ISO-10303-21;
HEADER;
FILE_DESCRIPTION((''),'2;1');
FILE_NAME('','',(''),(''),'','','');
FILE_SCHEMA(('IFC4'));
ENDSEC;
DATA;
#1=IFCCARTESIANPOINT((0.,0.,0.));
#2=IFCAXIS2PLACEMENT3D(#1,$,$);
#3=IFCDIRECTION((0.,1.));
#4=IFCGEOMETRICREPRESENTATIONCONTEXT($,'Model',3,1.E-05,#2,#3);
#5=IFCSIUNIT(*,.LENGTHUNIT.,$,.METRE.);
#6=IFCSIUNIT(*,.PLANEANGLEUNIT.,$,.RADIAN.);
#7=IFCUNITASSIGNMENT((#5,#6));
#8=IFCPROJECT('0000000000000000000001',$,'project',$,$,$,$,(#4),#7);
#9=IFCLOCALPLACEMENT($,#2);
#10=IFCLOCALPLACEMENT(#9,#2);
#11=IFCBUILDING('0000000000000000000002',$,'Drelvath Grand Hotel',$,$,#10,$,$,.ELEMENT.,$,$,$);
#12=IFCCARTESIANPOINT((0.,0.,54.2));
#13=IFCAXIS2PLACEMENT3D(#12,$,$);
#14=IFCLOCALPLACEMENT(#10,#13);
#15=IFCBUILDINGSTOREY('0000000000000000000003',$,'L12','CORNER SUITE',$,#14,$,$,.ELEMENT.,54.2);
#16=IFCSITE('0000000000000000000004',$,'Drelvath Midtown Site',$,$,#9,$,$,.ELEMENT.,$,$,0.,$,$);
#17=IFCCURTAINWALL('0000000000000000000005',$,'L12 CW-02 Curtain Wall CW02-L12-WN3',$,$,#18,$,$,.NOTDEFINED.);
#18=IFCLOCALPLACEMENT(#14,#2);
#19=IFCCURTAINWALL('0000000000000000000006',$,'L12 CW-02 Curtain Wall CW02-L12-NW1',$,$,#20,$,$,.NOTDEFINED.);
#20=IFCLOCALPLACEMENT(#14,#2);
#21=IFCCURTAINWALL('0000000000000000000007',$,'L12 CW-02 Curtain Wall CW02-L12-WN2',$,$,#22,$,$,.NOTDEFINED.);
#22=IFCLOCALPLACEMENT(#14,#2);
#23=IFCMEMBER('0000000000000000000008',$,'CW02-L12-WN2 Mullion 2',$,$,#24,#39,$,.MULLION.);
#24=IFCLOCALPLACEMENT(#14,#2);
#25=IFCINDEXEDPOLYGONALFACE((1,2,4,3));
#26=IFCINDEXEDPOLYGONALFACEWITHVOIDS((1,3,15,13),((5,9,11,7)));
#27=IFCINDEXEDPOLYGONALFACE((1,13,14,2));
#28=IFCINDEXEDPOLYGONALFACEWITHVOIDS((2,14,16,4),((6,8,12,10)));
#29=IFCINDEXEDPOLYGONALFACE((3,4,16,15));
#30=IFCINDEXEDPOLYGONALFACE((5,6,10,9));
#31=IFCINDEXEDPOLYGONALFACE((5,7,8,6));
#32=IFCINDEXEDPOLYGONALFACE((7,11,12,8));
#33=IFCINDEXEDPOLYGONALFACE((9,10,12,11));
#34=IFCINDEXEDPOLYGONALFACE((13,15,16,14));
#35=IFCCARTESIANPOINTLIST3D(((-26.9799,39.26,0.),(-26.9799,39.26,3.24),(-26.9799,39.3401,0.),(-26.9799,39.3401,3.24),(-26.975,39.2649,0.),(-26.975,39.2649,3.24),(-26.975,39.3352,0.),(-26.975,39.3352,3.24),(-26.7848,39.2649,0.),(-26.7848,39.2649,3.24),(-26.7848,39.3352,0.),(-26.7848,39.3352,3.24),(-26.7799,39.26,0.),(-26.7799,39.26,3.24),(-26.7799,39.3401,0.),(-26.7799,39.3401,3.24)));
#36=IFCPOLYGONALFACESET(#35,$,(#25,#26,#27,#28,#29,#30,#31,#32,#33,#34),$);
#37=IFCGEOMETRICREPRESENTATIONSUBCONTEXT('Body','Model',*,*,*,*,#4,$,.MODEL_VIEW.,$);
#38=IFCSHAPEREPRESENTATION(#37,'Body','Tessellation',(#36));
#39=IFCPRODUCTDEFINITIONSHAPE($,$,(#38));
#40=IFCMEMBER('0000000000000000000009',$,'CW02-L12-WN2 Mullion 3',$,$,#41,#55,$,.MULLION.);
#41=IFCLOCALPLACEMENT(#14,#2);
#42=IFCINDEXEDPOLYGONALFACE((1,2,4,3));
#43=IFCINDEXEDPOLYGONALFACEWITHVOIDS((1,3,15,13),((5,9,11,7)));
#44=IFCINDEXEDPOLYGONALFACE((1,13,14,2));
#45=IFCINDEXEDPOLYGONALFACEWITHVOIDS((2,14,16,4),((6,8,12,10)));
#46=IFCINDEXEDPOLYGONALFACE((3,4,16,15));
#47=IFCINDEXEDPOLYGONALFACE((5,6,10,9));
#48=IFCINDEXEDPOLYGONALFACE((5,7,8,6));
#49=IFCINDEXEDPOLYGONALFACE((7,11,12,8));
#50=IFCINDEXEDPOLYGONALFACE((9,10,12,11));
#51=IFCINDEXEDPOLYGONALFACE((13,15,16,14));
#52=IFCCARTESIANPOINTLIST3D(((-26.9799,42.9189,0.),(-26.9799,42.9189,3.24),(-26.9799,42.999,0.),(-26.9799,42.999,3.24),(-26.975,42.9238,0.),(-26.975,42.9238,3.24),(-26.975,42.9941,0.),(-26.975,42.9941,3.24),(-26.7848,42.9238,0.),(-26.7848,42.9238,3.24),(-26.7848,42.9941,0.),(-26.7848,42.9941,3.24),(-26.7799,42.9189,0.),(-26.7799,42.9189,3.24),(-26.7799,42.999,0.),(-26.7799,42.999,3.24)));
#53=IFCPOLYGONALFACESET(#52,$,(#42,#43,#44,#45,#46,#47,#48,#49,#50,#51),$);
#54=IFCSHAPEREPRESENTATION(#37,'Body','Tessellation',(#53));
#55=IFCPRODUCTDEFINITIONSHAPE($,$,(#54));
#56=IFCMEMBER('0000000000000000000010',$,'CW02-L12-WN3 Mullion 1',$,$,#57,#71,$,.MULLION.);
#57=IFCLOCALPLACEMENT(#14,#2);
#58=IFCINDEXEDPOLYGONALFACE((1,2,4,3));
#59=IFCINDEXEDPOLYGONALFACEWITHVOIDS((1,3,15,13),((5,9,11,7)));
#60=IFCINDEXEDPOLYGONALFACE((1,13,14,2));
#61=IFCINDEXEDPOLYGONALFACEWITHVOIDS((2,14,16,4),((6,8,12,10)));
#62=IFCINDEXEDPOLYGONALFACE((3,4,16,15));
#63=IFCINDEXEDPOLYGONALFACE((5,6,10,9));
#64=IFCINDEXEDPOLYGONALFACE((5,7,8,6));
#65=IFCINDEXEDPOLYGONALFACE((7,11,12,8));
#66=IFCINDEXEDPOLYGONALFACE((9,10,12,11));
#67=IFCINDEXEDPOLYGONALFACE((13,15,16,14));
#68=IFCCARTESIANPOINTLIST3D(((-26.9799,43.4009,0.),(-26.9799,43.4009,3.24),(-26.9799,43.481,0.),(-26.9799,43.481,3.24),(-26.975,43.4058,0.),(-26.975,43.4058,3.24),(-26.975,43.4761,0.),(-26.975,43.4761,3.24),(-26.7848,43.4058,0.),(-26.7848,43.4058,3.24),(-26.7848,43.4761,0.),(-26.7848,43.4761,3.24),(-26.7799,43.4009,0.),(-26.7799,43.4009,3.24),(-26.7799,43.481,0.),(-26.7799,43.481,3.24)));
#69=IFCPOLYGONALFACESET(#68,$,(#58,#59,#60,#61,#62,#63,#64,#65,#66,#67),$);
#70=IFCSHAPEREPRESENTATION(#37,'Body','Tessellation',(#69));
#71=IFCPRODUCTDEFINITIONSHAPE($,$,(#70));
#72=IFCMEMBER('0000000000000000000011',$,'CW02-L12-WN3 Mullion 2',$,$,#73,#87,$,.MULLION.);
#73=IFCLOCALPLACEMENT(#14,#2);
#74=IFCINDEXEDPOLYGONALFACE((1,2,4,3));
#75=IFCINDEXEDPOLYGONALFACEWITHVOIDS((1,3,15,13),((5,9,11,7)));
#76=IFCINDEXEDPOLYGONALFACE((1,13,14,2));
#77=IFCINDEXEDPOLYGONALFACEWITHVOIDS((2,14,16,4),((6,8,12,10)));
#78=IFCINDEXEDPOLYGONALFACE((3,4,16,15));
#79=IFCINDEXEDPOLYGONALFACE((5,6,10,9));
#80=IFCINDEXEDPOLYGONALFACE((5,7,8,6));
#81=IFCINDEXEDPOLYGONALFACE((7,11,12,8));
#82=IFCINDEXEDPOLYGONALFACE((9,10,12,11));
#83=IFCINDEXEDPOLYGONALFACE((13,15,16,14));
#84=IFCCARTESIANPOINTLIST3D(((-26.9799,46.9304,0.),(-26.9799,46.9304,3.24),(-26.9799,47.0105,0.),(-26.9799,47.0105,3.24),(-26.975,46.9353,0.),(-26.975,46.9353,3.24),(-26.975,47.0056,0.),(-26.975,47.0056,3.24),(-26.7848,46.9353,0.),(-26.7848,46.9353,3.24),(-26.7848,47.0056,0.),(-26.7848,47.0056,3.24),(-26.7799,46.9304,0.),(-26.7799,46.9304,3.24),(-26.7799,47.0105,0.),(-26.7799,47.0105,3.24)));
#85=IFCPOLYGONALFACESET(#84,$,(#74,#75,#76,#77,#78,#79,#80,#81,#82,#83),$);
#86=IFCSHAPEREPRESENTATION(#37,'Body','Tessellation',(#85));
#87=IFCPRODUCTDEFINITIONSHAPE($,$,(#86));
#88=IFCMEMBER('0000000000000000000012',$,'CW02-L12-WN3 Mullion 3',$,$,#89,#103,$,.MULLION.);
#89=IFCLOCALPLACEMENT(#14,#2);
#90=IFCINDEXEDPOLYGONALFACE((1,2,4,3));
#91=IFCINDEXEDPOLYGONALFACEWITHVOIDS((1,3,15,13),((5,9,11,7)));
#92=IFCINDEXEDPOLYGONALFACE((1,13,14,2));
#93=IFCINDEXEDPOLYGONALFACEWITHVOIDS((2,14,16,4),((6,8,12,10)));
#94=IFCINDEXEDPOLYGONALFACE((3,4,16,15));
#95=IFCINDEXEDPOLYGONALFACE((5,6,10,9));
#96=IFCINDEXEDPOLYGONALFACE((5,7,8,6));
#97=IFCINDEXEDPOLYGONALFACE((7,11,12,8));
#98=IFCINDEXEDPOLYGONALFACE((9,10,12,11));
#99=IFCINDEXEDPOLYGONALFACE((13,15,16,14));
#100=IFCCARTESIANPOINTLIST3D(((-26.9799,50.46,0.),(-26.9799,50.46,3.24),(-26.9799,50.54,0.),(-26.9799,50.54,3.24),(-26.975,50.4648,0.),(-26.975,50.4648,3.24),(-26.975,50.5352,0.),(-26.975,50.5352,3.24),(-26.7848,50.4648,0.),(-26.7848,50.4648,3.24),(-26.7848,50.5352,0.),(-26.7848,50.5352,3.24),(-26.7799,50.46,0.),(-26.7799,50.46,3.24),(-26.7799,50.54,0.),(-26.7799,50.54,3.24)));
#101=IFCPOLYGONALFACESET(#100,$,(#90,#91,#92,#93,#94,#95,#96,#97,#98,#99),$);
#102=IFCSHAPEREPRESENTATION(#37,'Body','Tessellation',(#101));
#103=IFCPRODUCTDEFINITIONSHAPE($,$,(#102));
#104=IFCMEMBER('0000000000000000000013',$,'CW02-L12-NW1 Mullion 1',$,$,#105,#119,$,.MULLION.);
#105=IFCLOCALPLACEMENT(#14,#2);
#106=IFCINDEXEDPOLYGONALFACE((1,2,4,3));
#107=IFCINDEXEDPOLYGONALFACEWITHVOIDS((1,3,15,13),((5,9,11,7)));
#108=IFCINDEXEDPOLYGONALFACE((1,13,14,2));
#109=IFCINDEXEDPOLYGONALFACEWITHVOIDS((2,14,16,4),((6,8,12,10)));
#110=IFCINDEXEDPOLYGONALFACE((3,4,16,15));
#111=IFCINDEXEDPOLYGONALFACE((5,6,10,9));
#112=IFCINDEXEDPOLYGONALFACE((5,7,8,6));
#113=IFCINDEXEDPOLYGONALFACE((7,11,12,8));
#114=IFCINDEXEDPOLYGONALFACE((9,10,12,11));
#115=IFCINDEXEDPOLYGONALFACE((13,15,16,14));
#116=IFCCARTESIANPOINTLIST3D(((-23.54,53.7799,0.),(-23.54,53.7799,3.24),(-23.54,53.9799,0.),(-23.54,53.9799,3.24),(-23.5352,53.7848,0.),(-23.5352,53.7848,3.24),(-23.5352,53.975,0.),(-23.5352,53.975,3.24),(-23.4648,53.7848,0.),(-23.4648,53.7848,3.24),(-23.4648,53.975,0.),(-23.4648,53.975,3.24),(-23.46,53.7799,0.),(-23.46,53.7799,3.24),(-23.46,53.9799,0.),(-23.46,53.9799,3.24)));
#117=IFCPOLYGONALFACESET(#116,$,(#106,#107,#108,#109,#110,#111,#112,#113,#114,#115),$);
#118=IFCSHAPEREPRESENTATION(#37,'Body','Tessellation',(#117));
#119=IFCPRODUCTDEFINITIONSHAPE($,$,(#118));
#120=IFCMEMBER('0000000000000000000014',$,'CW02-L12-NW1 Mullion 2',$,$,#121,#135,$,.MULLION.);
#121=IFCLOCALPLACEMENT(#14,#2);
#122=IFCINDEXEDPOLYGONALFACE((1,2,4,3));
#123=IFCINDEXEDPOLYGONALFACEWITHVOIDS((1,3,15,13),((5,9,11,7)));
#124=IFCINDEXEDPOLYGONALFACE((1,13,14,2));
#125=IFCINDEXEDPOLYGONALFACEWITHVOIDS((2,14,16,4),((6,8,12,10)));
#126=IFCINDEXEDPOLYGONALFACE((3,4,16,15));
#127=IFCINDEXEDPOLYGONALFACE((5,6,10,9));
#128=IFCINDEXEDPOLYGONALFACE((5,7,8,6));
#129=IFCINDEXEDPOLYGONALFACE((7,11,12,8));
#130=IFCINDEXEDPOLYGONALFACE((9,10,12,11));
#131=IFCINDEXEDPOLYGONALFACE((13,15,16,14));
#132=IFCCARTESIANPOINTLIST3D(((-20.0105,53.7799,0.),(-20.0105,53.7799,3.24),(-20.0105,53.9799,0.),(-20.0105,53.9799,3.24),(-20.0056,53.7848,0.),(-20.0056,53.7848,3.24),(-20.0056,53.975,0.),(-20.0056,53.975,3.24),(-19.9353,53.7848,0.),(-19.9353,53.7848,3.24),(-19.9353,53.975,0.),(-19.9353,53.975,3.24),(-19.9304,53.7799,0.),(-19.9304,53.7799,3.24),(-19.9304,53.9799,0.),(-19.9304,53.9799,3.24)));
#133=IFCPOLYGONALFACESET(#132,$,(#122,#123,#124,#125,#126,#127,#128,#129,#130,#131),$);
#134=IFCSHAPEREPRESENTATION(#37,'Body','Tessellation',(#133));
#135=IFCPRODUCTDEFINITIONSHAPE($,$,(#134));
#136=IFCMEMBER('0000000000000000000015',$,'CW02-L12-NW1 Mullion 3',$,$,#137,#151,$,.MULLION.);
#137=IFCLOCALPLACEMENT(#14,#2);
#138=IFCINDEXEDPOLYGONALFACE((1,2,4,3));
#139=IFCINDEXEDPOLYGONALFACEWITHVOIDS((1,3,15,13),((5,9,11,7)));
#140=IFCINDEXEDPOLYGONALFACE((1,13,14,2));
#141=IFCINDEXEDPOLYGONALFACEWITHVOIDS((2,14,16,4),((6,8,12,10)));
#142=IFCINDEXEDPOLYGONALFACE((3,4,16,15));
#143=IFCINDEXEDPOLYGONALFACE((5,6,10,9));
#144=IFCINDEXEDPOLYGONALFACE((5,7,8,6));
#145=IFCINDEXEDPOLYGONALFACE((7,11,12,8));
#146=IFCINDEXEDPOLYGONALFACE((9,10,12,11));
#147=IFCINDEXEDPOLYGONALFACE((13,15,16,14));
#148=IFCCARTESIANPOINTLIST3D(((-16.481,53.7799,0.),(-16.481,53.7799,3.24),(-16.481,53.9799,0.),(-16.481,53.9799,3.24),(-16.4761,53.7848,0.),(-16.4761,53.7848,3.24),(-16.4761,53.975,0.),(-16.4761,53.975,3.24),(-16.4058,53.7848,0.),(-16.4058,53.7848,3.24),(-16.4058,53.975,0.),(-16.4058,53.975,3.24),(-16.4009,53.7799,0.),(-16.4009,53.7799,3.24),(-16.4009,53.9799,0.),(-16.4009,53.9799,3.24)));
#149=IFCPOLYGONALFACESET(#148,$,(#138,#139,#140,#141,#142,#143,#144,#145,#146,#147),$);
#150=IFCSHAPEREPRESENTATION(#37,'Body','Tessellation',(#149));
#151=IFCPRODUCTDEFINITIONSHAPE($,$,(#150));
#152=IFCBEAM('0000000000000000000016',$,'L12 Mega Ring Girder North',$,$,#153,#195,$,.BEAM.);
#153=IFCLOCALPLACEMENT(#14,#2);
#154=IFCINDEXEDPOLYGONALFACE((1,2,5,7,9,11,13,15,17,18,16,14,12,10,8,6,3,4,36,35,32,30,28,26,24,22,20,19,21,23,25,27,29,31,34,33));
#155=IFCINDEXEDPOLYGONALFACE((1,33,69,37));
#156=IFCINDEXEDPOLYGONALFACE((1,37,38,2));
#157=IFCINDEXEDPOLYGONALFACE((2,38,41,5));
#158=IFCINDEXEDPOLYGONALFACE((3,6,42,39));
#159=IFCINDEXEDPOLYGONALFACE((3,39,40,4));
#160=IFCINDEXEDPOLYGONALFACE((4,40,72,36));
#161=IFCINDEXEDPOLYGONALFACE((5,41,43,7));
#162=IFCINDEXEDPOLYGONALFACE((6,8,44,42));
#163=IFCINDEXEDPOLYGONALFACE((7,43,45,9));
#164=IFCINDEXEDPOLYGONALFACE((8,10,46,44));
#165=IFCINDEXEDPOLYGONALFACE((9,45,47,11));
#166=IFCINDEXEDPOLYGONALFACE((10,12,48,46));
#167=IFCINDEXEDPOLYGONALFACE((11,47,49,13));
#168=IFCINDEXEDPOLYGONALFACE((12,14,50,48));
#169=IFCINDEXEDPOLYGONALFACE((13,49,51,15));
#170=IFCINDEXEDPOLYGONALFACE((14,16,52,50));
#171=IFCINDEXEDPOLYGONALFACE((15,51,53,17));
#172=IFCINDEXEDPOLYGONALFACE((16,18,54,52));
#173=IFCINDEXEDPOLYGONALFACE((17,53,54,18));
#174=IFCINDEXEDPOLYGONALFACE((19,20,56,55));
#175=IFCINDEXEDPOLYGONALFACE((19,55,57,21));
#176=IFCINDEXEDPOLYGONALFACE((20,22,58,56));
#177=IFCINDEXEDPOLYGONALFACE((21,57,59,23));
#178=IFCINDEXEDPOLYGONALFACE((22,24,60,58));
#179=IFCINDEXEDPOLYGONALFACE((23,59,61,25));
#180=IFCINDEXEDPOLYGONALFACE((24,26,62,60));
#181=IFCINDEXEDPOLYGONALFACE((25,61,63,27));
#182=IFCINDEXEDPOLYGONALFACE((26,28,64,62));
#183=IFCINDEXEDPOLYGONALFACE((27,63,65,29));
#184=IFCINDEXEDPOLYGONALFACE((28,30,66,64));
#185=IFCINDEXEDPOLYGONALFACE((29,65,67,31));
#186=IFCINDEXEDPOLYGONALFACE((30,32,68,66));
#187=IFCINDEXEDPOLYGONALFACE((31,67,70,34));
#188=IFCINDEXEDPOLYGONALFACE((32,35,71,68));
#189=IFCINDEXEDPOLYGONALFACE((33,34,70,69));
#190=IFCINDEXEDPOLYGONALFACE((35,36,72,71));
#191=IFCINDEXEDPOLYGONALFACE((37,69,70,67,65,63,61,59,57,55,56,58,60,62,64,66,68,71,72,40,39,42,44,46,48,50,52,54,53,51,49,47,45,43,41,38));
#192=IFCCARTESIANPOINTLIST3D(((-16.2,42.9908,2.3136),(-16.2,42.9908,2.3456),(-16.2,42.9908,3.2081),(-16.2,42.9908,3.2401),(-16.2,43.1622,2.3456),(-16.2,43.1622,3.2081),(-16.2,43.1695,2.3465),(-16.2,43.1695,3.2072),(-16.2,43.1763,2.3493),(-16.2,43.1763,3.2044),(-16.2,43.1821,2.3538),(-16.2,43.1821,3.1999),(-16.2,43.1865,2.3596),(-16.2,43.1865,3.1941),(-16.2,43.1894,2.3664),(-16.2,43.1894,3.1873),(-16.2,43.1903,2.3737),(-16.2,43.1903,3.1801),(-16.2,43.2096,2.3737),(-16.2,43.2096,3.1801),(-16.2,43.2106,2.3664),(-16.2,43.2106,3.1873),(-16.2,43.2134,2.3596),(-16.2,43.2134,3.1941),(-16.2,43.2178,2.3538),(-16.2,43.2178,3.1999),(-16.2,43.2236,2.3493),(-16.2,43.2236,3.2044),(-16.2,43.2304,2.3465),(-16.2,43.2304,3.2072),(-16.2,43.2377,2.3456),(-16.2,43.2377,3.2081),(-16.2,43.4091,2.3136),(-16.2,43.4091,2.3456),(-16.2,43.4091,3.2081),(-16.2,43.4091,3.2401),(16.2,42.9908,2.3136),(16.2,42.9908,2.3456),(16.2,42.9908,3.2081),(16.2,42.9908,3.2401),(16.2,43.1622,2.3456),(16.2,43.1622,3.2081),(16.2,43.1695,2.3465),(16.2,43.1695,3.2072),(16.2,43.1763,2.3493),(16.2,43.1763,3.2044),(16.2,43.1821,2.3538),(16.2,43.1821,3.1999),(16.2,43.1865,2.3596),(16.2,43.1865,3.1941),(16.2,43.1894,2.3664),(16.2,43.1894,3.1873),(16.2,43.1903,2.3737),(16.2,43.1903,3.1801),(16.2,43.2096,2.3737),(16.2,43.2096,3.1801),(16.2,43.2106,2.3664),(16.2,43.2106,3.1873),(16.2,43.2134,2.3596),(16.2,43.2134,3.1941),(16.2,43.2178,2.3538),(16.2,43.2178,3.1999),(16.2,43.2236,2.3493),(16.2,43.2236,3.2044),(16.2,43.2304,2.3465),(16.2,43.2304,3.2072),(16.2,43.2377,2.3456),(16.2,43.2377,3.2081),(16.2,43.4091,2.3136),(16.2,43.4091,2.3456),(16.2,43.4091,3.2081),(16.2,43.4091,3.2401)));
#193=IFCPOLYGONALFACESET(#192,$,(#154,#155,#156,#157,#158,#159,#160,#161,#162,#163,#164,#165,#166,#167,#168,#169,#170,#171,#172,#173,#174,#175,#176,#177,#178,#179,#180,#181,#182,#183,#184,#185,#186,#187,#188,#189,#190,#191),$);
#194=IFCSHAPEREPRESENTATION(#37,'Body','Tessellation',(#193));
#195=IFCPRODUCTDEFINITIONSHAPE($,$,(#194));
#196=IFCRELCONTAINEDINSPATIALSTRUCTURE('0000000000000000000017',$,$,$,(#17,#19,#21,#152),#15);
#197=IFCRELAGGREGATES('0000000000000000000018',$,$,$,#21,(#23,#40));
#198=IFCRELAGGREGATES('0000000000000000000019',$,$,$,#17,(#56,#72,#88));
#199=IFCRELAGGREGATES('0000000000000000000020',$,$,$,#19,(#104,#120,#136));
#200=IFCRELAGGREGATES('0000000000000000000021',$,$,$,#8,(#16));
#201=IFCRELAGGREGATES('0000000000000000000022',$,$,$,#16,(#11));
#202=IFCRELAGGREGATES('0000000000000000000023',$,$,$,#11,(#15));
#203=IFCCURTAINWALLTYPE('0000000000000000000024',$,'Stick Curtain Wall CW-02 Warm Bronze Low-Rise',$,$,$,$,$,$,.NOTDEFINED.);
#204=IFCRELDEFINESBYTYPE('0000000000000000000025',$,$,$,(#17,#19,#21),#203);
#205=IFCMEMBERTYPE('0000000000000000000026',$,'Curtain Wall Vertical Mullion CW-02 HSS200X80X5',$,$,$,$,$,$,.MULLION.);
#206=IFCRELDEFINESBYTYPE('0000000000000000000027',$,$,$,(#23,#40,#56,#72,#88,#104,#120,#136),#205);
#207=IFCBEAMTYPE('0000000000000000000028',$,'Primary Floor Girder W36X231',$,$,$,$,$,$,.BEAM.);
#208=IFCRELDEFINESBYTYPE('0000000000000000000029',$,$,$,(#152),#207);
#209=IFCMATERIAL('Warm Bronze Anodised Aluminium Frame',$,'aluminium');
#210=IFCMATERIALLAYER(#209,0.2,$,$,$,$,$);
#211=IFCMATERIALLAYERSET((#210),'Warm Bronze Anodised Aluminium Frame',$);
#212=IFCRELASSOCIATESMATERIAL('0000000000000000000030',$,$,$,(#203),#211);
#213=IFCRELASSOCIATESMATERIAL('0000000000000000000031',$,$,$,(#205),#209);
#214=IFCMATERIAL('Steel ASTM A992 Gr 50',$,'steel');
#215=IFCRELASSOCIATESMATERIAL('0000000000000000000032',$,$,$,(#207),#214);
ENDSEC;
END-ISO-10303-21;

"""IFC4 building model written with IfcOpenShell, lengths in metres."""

from ifc_helpers import new_model, si_unit, direction, frame, origin, origin_2d, place, context, subcontext, project, spatial, hollow_rectangle, i_section, extrude, material, layer, layer_set, material_profile, profile_set, type_object, element, aggregate, save


model = new_model("IFC4")

# Units and contexts
model_context = context("Model", 3, precision=1e-05, world=origin(), true_north=direction((0.0, 1.0)))
body_context = subcontext(model_context, "Body", "Model", "MODEL_VIEW")
ifc_project = project(units=[si_unit("LENGTHUNIT", "METRE"), si_unit("PLANEANGLEUNIT", "RADIAN")], contexts=[model_context])

# Site, building, storey
site_placement = place(None, origin())
site = spatial("IfcSite", under=ifc_project, at=site_placement, Name="Drelvath Midtown Site", CompositionType="ELEMENT", RefElevation=0.0)
building_placement = place(site_placement, origin())
building = spatial("IfcBuilding", under=site, at=building_placement, Name="Drelvath Grand Hotel", CompositionType="ELEMENT")
storey_placement = place(building_placement, frame((0.0, 0.0, 54.2)))
storey = spatial("IfcBuildingStorey", under=building, at=storey_placement, Name="L12", Description="CORNER SUITE", CompositionType="ELEMENT", Elevation=54.2)

# Shared definitions
ifc_material_1 = material(Name="Steel ASTM A992 Gr 50", Category="steel")

# Curtain walls
ifc_material_2 = material(Name="Warm Bronze Anodised Aluminium Frame", Category="aluminium")
ifc_layer_1 = layer(ifc_material_2, 0.2)
ifc_layer_set_1 = layer_set([ifc_layer_1], Name="Warm Bronze Anodised Aluminium Frame")
curtain_wall_type = type_object("IfcCurtainWallType", Name="Stick Curtain Wall CW-02 Warm Bronze Low-Rise", PredefinedType="NOTDEFINED", material=ifc_layer_set_1)
curtain_wall_1_placement = place(storey_placement, origin())
curtain_wall_1 = element("IfcCurtainWall", 1, at=curtain_wall_1_placement, inside=storey, type_object=curtain_wall_type, Name="L12 CW-02 Curtain Wall CW02-L12-WN3", PredefinedType="NOTDEFINED")
curtain_wall_2_placement = place(storey_placement, origin())
curtain_wall_2 = element("IfcCurtainWall", 2, at=curtain_wall_2_placement, inside=storey, type_object=curtain_wall_type, Name="L12 CW-02 Curtain Wall CW02-L12-NW1", PredefinedType="NOTDEFINED")

# Curtain wall, members
curtain_wall_3_placement = place(storey_placement, origin())
curtain_wall_3 = element("IfcCurtainWall", 3, at=curtain_wall_3_placement, inside=storey, type_object=curtain_wall_type, Name="L12 CW-02 Curtain Wall CW02-L12-WN2", PredefinedType="NOTDEFINED")
ifc_material_profile_1 = material_profile(ifc_material_2, hollow_rectangle(XDim=0.0801, YDim=0.2, WallThickness=0.0049, at=origin_2d()), Name="HSS200X80X5")
ifc_profile_set_1 = profile_set([ifc_material_profile_1], Name="Warm Bronze Anodised Aluminium Frame")
member_type_1 = type_object("IfcMemberType", Name="Curtain Wall Vertical Mullion CW-02 HSS200X80X5", PredefinedType="MULLION", material=ifc_profile_set_1)
member_1_placement = place(storey_placement, frame((-26.8799, 39.3, 0.0), z_axis=(0.0, 0.0, 1.0), x_axis=(0.0, 1.0, 0.0)))
member_1 = element("IfcMember", 4, at=member_1_placement, type_object=member_type_1, Name="CW02-L12-WN2 Mullion 2", PredefinedType="MULLION", context=body_context, shape_type="SweptSolid", body=[
    extrude(hollow_rectangle(XDim=0.0801, YDim=0.2, WallThickness=0.0049, at=origin_2d()), origin(), (0.0, 0.0, 1.0), 3.24),
])
member_2_placement = place(storey_placement, frame((-26.8799, 42.959, 0.0), z_axis=(0.0, 0.0, 1.0), x_axis=(0.0, 1.0, 0.0)))
member_2 = element("IfcMember", 5, at=member_2_placement, type_object=member_type_1, Name="CW02-L12-WN2 Mullion 3", PredefinedType="MULLION", context=body_context, shape_type="SweptSolid", body=[
    extrude(hollow_rectangle(XDim=0.0801, YDim=0.2, WallThickness=0.0049, at=origin_2d()), origin(), (0.0, 0.0, 1.0), 3.24),
])

# Members
member_3_placement = place(storey_placement, frame((-26.8799, 43.4409, 0.0), z_axis=(0.0, 0.0, 1.0), x_axis=(0.0, 1.0, 0.0)))
member_3 = element("IfcMember", 6, at=member_3_placement, type_object=member_type_1, Name="CW02-L12-WN3 Mullion 1", PredefinedType="MULLION", context=body_context, shape_type="SweptSolid", body=[
    extrude(hollow_rectangle(XDim=0.0801, YDim=0.2, WallThickness=0.0049, at=origin_2d()), origin(), (0.0, 0.0, 1.0), 3.24),
])
member_4_placement = place(storey_placement, frame((-26.8799, 46.9705, 0.0), z_axis=(0.0, 0.0, 1.0), x_axis=(0.0, 1.0, 0.0)))
member_4 = element("IfcMember", 7, at=member_4_placement, type_object=member_type_1, Name="CW02-L12-WN3 Mullion 2", PredefinedType="MULLION", context=body_context, shape_type="SweptSolid", body=[
    extrude(hollow_rectangle(XDim=0.0801, YDim=0.2, WallThickness=0.0049, at=origin_2d()), origin(), (0.0, 0.0, 1.0), 3.24),
])
member_5_placement = place(storey_placement, frame((-26.8799, 50.5, 0.0), z_axis=(0.0, 0.0, 1.0), x_axis=(0.0, 1.0, 0.0)))
member_5 = element("IfcMember", 8, at=member_5_placement, type_object=member_type_1, Name="CW02-L12-WN3 Mullion 3", PredefinedType="MULLION", context=body_context, shape_type="SweptSolid", body=[
    extrude(hollow_rectangle(XDim=0.0801, YDim=0.2, WallThickness=0.0049, at=origin_2d()), origin(), (0.0, 0.0, 1.0), 3.24),
])
member_6_placement = place(storey_placement, frame((-23.5, 53.8799, 0.0), z_axis=(0.0, 0.0, 1.0), x_axis=(1.0, 0.0, 0.0)))
member_6 = element("IfcMember", 9, at=member_6_placement, type_object=member_type_1, Name="CW02-L12-NW1 Mullion 1", PredefinedType="MULLION", context=body_context, shape_type="SweptSolid", body=[
    extrude(hollow_rectangle(XDim=0.0801, YDim=0.2, WallThickness=0.0049, at=origin_2d()), origin(), (0.0, 0.0, 1.0), 3.24),
])
member_7_placement = place(storey_placement, frame((-19.9705, 53.8799, 0.0), z_axis=(0.0, 0.0, 1.0), x_axis=(1.0, 0.0, 0.0)))
member_7 = element("IfcMember", 10, at=member_7_placement, type_object=member_type_1, Name="CW02-L12-NW1 Mullion 2", PredefinedType="MULLION", context=body_context, shape_type="SweptSolid", body=[
    extrude(hollow_rectangle(XDim=0.0801, YDim=0.2, WallThickness=0.0049, at=origin_2d()), origin(), (0.0, 0.0, 1.0), 3.24),
])
member_8_placement = place(storey_placement, frame((-16.4409, 53.8799, 0.0), z_axis=(0.0, 0.0, 1.0), x_axis=(1.0, 0.0, 0.0)))
member_8 = element("IfcMember", 11, at=member_8_placement, type_object=member_type_1, Name="CW02-L12-NW1 Mullion 3", PredefinedType="MULLION", context=body_context, shape_type="SweptSolid", body=[
    extrude(hollow_rectangle(XDim=0.0801, YDim=0.2, WallThickness=0.0049, at=origin_2d()), origin(), (0.0, 0.0, 1.0), 3.24),
])

# Beam
ifc_material_profile_2 = material_profile(ifc_material_1, i_section(OverallWidth=0.4182, OverallDepth=0.9265, WebThickness=0.0193, FlangeThickness=0.032, FilletRadius=0.0281, at=origin_2d()), Name="W36X231")
ifc_profile_set_2 = profile_set([ifc_material_profile_2], Name="Steel ASTM A992 Gr 50")
beam_type_1 = type_object("IfcBeamType", Name="Primary Floor Girder W36X231", PredefinedType="BEAM", material=ifc_profile_set_2)
beam_1_placement = place(storey_placement, frame((-16.2, 43.2, 2.7769), z_axis=(1.0, 0.0, 0.0), x_axis=(0.0, 1.0, 0.0)))
element("IfcBeam", 12, at=beam_1_placement, inside=storey, type_object=beam_type_1, Name="L12 Mega Ring Girder North", PredefinedType="BEAM", context=body_context, shape_type="SweptSolid", body=[
    extrude(i_section(OverallWidth=0.4182, OverallDepth=0.9265, WebThickness=0.0193, FlangeThickness=0.032, FilletRadius=0.0281, at=origin_2d()), origin(), (0.0, 0.0, 1.0), 32.3999),
])

aggregate(curtain_wall_3, [member_1, member_2])
aggregate(curtain_wall_1, [member_3, member_4, member_5])
aggregate(curtain_wall_2, [member_6, member_7, member_8])

save(model, "model.ifc")
